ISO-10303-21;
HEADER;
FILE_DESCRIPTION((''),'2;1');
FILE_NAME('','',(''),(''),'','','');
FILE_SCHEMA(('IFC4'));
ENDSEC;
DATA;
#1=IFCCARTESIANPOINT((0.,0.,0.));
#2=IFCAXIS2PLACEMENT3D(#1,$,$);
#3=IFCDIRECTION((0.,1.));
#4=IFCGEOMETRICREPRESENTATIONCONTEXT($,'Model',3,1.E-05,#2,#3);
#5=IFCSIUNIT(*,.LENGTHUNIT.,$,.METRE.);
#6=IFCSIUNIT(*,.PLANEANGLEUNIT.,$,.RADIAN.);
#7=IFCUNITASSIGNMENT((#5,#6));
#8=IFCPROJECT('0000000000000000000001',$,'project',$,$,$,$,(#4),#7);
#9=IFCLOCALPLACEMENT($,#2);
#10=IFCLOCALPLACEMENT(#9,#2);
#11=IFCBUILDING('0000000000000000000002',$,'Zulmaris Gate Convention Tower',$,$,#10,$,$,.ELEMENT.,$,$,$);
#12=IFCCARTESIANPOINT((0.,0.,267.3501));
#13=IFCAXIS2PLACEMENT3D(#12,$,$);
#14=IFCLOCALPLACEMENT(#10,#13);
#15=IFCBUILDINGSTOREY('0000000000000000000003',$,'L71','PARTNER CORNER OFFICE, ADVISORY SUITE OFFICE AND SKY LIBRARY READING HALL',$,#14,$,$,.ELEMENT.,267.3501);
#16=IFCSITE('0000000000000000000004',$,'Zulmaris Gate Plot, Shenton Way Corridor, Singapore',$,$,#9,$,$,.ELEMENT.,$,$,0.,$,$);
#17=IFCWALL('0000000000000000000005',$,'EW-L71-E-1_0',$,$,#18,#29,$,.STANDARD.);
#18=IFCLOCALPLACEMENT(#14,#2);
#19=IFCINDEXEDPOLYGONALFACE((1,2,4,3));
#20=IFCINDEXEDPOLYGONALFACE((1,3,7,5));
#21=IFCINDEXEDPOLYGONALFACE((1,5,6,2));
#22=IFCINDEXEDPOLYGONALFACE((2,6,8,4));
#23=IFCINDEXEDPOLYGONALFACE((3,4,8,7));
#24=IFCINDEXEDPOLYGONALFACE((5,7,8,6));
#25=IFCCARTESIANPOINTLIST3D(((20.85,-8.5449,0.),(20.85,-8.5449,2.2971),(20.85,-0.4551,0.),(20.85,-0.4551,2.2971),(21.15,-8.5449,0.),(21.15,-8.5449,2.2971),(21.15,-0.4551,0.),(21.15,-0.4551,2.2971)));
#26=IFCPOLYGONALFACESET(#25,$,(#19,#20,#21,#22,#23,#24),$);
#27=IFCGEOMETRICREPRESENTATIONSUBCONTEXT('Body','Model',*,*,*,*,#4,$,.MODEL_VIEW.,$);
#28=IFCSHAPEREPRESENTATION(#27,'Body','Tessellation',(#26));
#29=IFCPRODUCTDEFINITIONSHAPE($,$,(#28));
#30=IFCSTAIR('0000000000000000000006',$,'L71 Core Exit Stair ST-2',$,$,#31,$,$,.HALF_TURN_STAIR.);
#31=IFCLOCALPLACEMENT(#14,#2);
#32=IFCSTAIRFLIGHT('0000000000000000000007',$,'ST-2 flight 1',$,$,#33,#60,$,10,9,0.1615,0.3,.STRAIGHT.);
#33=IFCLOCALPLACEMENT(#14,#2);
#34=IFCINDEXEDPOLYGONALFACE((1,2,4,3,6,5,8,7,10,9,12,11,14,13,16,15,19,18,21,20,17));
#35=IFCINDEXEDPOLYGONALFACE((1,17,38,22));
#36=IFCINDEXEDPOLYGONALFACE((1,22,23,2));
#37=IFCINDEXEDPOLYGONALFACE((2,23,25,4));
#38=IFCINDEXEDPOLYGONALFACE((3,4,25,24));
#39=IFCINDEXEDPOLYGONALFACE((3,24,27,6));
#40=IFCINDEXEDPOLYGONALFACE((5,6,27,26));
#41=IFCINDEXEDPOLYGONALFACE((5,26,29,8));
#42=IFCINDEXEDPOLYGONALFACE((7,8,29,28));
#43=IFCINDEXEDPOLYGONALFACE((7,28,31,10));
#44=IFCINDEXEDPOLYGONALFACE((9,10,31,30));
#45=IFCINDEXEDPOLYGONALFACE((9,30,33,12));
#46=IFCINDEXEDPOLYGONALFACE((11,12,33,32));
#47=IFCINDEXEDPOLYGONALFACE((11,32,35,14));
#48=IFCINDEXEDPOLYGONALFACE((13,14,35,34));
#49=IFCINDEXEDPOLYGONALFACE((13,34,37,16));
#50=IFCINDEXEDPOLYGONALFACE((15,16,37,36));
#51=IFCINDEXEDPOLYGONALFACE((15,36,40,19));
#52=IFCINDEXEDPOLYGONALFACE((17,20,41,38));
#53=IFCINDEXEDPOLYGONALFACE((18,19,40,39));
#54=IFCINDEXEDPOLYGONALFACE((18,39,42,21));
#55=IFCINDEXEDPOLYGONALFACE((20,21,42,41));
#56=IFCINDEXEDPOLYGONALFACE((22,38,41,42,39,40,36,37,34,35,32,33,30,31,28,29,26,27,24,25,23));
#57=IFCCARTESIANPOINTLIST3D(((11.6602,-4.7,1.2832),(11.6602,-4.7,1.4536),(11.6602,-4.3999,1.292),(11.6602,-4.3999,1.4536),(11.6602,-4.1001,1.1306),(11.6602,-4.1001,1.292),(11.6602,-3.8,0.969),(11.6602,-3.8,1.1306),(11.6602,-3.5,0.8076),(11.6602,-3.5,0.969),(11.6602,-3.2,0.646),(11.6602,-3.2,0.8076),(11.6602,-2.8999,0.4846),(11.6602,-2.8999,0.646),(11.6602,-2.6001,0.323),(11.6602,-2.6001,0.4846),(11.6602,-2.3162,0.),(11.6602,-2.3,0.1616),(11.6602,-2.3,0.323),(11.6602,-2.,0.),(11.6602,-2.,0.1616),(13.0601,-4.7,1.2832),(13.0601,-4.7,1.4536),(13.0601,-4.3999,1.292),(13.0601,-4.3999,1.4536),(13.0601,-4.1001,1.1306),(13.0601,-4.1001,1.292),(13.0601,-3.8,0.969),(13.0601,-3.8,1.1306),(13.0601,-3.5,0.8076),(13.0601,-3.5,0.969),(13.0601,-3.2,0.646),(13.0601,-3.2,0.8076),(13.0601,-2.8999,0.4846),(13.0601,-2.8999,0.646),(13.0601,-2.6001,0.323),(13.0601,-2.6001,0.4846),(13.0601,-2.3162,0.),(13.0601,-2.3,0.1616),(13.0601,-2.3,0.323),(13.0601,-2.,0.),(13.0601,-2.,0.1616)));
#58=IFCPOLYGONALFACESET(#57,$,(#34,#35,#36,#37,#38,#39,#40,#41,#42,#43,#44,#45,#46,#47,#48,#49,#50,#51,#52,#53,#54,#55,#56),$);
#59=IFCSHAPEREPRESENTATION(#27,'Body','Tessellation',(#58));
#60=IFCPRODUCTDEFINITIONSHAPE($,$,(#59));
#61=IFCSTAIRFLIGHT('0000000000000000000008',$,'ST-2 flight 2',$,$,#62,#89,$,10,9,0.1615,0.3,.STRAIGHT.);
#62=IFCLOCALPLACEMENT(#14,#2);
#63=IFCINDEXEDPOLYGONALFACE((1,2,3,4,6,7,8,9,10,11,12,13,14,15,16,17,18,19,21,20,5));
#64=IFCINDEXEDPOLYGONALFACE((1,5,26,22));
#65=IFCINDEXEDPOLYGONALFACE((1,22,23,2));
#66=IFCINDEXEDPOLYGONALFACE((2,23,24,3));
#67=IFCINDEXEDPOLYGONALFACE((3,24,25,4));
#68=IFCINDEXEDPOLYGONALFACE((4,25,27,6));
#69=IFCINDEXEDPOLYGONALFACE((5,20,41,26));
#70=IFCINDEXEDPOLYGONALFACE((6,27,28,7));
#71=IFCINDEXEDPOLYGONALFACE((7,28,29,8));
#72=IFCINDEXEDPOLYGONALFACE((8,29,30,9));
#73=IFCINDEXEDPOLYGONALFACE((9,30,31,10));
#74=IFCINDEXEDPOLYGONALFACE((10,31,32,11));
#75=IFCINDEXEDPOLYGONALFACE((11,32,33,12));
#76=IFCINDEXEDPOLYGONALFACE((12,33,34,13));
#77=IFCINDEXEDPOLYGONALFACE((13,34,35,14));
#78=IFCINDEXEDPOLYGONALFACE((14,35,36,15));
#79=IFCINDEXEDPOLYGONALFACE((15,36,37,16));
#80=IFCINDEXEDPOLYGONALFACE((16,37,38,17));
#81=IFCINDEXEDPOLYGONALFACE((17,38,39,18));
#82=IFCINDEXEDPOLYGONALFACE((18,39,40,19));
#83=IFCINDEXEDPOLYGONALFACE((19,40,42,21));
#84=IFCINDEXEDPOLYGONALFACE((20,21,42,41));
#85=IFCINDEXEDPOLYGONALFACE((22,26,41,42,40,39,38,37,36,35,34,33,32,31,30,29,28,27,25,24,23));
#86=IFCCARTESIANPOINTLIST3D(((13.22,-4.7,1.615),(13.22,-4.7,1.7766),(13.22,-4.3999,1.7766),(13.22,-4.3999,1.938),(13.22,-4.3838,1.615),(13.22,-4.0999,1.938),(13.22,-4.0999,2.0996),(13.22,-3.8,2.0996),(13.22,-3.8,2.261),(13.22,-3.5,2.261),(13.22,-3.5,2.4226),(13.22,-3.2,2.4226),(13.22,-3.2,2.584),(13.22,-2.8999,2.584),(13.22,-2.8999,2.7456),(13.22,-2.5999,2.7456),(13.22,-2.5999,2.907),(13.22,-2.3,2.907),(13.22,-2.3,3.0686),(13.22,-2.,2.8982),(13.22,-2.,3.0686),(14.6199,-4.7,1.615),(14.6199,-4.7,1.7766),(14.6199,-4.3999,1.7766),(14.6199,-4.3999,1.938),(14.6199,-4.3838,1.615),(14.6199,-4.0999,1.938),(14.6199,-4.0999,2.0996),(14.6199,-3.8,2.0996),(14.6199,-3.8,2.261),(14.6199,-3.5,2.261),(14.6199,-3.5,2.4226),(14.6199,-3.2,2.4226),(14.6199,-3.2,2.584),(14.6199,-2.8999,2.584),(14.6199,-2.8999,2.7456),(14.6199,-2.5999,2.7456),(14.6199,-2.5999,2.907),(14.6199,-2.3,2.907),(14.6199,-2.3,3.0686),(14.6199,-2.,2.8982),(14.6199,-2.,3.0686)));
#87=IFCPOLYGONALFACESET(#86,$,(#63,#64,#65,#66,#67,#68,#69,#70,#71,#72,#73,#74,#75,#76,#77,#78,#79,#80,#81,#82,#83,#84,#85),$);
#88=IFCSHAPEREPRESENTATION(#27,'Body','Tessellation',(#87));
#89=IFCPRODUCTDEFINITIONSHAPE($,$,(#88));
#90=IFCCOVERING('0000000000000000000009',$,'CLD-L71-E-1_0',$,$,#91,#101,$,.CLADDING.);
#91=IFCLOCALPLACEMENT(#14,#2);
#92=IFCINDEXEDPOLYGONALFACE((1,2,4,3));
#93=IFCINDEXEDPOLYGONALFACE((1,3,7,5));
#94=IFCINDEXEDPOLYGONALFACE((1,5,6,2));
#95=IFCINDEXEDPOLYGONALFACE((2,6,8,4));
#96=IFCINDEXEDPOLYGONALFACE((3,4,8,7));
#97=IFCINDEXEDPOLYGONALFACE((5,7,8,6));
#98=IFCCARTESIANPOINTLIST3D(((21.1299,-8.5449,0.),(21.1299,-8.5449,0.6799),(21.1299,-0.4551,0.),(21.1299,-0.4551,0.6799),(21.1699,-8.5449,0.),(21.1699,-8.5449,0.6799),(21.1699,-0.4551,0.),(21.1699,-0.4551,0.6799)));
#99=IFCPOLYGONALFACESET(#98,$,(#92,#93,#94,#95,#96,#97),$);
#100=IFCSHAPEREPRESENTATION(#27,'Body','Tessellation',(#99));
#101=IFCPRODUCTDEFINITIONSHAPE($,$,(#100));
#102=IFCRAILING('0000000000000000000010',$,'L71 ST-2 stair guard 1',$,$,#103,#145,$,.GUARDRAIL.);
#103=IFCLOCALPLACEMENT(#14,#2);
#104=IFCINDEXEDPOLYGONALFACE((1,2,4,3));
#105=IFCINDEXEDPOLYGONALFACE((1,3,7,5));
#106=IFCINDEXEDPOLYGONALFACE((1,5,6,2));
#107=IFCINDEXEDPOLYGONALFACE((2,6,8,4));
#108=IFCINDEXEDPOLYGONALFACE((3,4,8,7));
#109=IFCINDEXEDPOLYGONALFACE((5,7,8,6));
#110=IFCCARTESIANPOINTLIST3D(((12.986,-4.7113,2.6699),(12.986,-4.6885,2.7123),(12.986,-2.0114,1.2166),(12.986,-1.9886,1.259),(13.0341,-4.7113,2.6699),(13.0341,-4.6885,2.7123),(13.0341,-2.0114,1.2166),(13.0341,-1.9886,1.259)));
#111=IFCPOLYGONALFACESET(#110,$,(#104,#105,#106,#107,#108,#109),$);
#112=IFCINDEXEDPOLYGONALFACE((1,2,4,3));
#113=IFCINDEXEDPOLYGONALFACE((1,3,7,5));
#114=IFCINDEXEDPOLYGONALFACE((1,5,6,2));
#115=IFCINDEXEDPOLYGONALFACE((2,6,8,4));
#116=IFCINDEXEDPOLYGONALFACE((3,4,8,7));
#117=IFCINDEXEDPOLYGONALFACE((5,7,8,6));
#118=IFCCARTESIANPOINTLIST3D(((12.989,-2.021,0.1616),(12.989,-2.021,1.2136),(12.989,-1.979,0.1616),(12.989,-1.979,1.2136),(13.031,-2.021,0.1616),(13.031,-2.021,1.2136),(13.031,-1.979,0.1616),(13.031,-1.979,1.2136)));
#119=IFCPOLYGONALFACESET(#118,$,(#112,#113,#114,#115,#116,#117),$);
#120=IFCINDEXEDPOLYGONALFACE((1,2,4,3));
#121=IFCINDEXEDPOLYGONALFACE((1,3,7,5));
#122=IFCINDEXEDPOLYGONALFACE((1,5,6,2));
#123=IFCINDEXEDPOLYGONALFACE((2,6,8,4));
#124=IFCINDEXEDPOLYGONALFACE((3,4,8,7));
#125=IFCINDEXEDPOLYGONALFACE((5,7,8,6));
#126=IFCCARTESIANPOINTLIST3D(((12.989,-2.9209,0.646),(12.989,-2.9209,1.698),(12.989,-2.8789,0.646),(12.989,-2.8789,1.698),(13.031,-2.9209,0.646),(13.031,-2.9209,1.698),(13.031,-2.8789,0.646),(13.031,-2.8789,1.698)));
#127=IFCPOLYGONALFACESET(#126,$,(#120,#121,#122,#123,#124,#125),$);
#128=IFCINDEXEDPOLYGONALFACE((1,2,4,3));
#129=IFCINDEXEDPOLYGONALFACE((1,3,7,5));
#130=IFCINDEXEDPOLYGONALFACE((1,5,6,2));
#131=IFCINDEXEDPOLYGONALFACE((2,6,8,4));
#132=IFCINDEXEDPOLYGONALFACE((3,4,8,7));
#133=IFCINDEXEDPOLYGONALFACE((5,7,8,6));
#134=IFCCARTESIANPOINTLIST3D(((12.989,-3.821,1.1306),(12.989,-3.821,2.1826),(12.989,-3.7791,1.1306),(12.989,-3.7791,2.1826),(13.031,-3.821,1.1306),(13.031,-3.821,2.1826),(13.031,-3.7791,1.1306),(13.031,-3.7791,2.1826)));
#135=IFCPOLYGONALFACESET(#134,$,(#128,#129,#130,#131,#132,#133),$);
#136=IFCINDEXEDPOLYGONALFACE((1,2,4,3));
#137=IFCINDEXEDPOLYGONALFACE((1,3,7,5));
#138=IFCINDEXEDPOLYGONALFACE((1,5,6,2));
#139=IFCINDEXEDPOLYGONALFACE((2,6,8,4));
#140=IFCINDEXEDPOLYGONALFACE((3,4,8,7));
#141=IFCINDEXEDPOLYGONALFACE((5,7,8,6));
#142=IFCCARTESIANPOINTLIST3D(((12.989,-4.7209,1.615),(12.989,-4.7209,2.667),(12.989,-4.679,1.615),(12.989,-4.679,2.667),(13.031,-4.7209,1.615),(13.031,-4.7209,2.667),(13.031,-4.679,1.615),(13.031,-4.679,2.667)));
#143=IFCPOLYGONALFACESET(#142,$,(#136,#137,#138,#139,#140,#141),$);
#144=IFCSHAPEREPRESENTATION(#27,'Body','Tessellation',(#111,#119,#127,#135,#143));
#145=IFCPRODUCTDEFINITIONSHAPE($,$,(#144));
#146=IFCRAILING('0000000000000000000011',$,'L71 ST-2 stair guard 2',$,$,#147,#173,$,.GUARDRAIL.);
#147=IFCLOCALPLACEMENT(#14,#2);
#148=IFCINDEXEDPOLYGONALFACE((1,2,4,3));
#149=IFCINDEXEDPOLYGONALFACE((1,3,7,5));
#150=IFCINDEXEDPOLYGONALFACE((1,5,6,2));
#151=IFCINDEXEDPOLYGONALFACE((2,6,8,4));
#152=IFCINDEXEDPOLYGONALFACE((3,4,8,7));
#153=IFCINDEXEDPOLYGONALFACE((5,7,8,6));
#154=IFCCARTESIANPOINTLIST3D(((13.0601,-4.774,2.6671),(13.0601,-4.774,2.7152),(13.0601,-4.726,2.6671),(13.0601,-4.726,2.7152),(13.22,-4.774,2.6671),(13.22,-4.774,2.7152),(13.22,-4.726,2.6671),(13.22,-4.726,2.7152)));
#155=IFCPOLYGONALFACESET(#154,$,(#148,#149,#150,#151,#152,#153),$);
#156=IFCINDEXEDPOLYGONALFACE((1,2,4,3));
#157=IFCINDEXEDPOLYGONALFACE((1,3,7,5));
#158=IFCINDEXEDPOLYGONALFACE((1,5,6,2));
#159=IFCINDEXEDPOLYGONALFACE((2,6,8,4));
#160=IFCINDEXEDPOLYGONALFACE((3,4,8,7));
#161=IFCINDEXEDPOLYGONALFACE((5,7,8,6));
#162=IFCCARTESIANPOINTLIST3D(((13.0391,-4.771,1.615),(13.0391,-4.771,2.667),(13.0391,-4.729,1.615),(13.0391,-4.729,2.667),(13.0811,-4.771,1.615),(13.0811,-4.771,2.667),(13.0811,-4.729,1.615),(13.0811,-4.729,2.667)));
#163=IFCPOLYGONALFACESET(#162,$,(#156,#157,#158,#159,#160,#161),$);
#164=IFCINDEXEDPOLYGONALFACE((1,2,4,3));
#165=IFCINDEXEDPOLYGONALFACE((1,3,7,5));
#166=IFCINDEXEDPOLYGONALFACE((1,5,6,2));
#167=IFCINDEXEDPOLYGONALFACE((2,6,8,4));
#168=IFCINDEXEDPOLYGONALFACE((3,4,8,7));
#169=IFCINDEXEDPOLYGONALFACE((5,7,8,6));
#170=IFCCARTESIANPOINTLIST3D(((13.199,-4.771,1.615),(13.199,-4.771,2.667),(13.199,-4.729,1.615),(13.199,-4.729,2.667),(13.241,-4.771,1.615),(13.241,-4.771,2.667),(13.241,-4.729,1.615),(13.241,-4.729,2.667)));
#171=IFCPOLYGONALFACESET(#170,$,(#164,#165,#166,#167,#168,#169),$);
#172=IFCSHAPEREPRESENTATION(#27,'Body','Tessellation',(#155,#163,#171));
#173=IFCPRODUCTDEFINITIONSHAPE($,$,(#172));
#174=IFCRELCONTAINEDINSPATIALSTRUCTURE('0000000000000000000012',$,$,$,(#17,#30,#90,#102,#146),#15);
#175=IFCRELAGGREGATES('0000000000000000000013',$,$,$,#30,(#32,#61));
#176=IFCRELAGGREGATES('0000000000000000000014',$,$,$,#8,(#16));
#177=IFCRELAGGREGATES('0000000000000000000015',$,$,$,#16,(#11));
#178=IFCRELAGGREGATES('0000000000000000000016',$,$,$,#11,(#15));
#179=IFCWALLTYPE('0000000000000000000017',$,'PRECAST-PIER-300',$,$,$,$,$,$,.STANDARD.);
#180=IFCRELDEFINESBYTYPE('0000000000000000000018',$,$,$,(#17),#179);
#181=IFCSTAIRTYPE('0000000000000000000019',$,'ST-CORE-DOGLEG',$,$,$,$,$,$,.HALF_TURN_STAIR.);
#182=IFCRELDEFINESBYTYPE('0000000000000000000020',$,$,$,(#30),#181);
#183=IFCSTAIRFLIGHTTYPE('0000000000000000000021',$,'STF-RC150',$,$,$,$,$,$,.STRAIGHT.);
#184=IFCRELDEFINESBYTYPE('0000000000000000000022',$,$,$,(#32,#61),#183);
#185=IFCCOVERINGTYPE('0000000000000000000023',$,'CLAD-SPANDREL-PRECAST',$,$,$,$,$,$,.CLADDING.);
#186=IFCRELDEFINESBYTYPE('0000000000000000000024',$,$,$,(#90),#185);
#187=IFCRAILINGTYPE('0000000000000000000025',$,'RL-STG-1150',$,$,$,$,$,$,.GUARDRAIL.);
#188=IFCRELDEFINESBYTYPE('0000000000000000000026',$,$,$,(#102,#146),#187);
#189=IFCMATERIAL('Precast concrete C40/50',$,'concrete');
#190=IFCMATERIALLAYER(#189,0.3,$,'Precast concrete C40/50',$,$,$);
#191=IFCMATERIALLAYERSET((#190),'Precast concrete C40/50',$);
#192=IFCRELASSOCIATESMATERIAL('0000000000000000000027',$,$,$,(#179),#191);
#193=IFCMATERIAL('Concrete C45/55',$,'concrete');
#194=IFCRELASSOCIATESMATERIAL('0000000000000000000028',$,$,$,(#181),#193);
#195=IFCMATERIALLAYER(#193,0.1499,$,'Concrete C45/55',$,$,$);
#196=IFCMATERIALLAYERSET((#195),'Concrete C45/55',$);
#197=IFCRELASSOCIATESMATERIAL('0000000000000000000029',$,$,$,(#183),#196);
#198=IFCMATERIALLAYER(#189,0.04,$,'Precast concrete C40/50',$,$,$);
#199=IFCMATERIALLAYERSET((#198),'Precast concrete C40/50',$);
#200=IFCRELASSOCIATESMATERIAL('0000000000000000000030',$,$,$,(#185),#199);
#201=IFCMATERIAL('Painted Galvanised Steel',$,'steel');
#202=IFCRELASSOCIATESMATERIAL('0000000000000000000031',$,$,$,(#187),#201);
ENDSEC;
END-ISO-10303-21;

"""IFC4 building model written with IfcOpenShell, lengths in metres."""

from ifc_helpers import new_model, si_unit, direction, frame, frame_2d, origin, origin_2d, place, context, subcontext, project, spatial, polyline, rectangle, outline, extrude, material, layer, layer_set, type_object, element, aggregate, save


model = new_model("IFC4")

# Units and contexts
model_context = context("Model", 3, precision=1e-05, world=origin(), true_north=direction((0.0, 1.0)))
body_context = subcontext(model_context, "Body", "Model", "MODEL_VIEW")
ifc_project = project(units=[si_unit("LENGTHUNIT", "METRE"), si_unit("PLANEANGLEUNIT", "RADIAN")], contexts=[model_context])

# Site, building, storey
site_placement = place(None, origin())
site = spatial("IfcSite", under=ifc_project, at=site_placement, Name="Zulmaris Gate Plot, Shenton Way Corridor, Singapore", CompositionType="ELEMENT", RefElevation=0.0)
building_placement = place(site_placement, origin())
building = spatial("IfcBuilding", under=site, at=building_placement, Name="Zulmaris Gate Convention Tower", CompositionType="ELEMENT")
storey_placement = place(building_placement, frame((0.0, 0.0, 267.3501)))
storey = spatial("IfcBuildingStorey", under=building, at=storey_placement, Name="L71", Description="PARTNER CORNER OFFICE, ADVISORY SUITE OFFICE AND SKY LIBRARY READING HALL", CompositionType="ELEMENT", Elevation=267.3501)

# Wall
ifc_material_1 = material(Name="Precast concrete C40/50", Category="concrete")
ifc_layer_1 = layer(ifc_material_1, 0.3, Name="Precast concrete C40/50")
ifc_layer_set_1 = layer_set([ifc_layer_1], Name="Precast concrete C40/50")
wall_type_1 = type_object("IfcWallType", Name="PRECAST-PIER-300", PredefinedType="STANDARD", material=ifc_layer_set_1)
wall_1_placement = place(storey_placement, frame((21.0, -8.5449, 0.0), z_axis=(0.0, 0.0, 1.0), x_axis=(0.0, 1.0, 0.0)))
element("IfcWall", 1, at=wall_1_placement, inside=storey, type_object=wall_type_1, Name="EW-L71-E-1_0", PredefinedType="STANDARD", context=body_context, shape_type="SweptSolid", body=[
    extrude(rectangle(XDim=8.0898, YDim=0.3, at=frame_2d((4.0449, 0.0))), origin(), (0.0, 0.0, 1.0), 2.2971),
])

# Stair, stair flights
ifc_material_2 = material(Name="Concrete C45/55", Category="concrete")
stair_type = type_object("IfcStairType", Name="ST-CORE-DOGLEG", PredefinedType="HALF_TURN_STAIR", material=ifc_material_2)
stair_placement = place(storey_placement, origin())
stair = element("IfcStair", 2, at=stair_placement, inside=storey, type_object=stair_type, Name="L71 Core Exit Stair ST-2", PredefinedType="HALF_TURN_STAIR")
ifc_layer_2 = layer(ifc_material_2, 0.1499, Name="Concrete C45/55")
ifc_layer_set_2 = layer_set([ifc_layer_2], Name="Concrete C45/55")
stair_flight_type = type_object("IfcStairFlightType", Name="STF-RC150", PredefinedType="STRAIGHT", material=ifc_layer_set_2)
stair_flight_1_placement = place(storey_placement, frame((12.3601, -2.0, 0.0), z_axis=(0.0, 0.0, 1.0), x_axis=(0.0, -1.0, 0.0)))
stair_flight_1 = element("IfcStairFlight", 3, at=stair_flight_1_placement, type_object=stair_flight_type, Name="ST-2 flight 1", NumberOfRisers=10, NumberOfTreads=9, PredefinedType="STRAIGHT", RiserHeight=0.1615, TreadLength=0.3, context=body_context, shape_type="SweptSolid", body=[
    extrude(outline(polyline([(0.0, 0.0), (0.0, 0.1616), (0.3, 0.1616), (0.3, 0.323), (0.6001, 0.323), (0.6001, 0.4846), (0.8999, 0.4846), (0.8999, 0.646), (1.2, 0.646), (1.2, 0.8076), (1.5, 0.8076), (1.5, 0.969), (1.8, 0.969), (1.8, 1.1306), (2.1001, 1.1306), (2.1001, 1.292), (2.3999, 1.292), (2.3999, 1.4536), (2.7, 1.4536), (2.7, 1.615), (2.7, 1.2832), (0.3162, 0.0), (0.0, 0.0)])), frame((0.0, 0.7, 0.0), z_axis=(0.0, -1.0, 0.0), x_axis=(1.0, 0.0, 0.0)), (0.0, 0.0, 1.0), 1.3999),
])
stair_flight_2_placement = place(storey_placement, frame((13.9199, -4.7, 1.615), z_axis=(0.0, 0.0, 1.0), x_axis=(0.0, 1.0, 0.0)))
stair_flight_2 = element("IfcStairFlight", 4, at=stair_flight_2_placement, type_object=stair_flight_type, Name="ST-2 flight 2", NumberOfRisers=10, NumberOfTreads=9, PredefinedType="STRAIGHT", RiserHeight=0.1615, TreadLength=0.3, context=body_context, shape_type="SweptSolid", body=[
    extrude(outline(polyline([(0.0, 0.0), (0.0, 0.1616), (0.3, 0.1616), (0.3, 0.323), (0.6001, 0.323), (0.6001, 0.4846), (0.8999, 0.4846), (0.8999, 0.646), (1.2, 0.646), (1.2, 0.8076), (1.5, 0.8076), (1.5, 0.969), (1.8, 0.969), (1.8, 1.1306), (2.1001, 1.1306), (2.1001, 1.292), (2.3999, 1.292), (2.3999, 1.4536), (2.7, 1.4536), (2.7, 1.615), (2.7, 1.2832), (0.3162, 0.0), (0.0, 0.0)])), frame((0.0, 0.7, 0.0), z_axis=(0.0, -1.0, 0.0), x_axis=(1.0, 0.0, 0.0)), (0.0, 0.0, 1.0), 1.3999),
])
aggregate(stair, [stair_flight_1, stair_flight_2])

# Covering
ifc_layer_3 = layer(ifc_material_1, 0.04, Name="Precast concrete C40/50")
ifc_layer_set_3 = layer_set([ifc_layer_3], Name="Precast concrete C40/50")
covering_type = type_object("IfcCoveringType", Name="CLAD-SPANDREL-PRECAST", PredefinedType="CLADDING", material=ifc_layer_set_3)
covering_placement = place(storey_placement, frame((21.1499, -8.5449, 0.0), z_axis=(0.0, 0.0, 1.0), x_axis=(0.0, 1.0, 0.0)))
element("IfcCovering", 5, at=covering_placement, inside=storey, type_object=covering_type, Name="CLD-L71-E-1_0", PredefinedType="CLADDING", context=body_context, shape_type="SweptSolid", body=[
    extrude(rectangle(XDim=8.0898, YDim=0.04, at=frame_2d((4.0449, 0.0))), origin(), (0.0, 0.0, 1.0), 0.6799),
])

# Railings
ifc_material_3 = material(Name="Painted Galvanised Steel", Category="steel")
railing_type_1 = type_object("IfcRailingType", Name="RL-STG-1150", PredefinedType="GUARDRAIL", material=ifc_material_3)
railing_1_placement = place(storey_placement, frame((13.01, -2.0, 0.1616)))
element("IfcRailing", 6, at=railing_1_placement, inside=storey, type_object=railing_type_1, Name="L71 ST-2 stair guard 1", PredefinedType="GUARDRAIL", context=body_context, shape_type="SweptSolid", body=[
    extrude(rectangle(XDim=0.0481, YDim=0.0481, at=origin_2d()), frame((0.0, 0.0, 1.0762), z_axis=(0.0, -0.880532, 0.473986), x_axis=(1.0, 0.0, 0.0)), (0.0, 0.0, 1.0), 3.0662),
    extrude(rectangle(XDim=0.042, YDim=0.042, at=origin_2d()), origin(), (0.0, 0.0, 1.0), 1.052),
    extrude(rectangle(XDim=0.042, YDim=0.042, at=origin_2d()), frame((0.0, -0.8999, 0.4844)), (0.0, 0.0, 1.0), 1.052),
    extrude(rectangle(XDim=0.042, YDim=0.042, at=origin_2d()), frame((0.0, -1.8, 0.969)), (0.0, 0.0, 1.0), 1.052),
    extrude(rectangle(XDim=0.042, YDim=0.042, at=origin_2d()), frame((0.0, -2.7, 1.4534)), (0.0, 0.0, 1.0), 1.052),
])
railing_2_placement = place(storey_placement, frame((13.0601, -4.75, 1.615)))
element("IfcRailing", 7, at=railing_2_placement, inside=storey, type_object=railing_type_1, Name="L71 ST-2 stair guard 2", PredefinedType="GUARDRAIL", context=body_context, shape_type="SweptSolid", body=[
    extrude(rectangle(XDim=0.0481, YDim=0.0481, at=origin_2d()), frame((0.0, 0.0, 1.0762), z_axis=(1.0, 0.0, 0.0), x_axis=(0.0, 1.0, 0.0)), (0.0, 0.0, 1.0), 0.1599),
    extrude(rectangle(XDim=0.042, YDim=0.042, at=origin_2d()), origin(), (0.0, 0.0, 1.0), 1.052),
    extrude(rectangle(XDim=0.042, YDim=0.042, at=origin_2d()), frame((0.1599, 0.0, 0.0)), (0.0, 0.0, 1.0), 1.052),
])

save(model, "model.ifc")
